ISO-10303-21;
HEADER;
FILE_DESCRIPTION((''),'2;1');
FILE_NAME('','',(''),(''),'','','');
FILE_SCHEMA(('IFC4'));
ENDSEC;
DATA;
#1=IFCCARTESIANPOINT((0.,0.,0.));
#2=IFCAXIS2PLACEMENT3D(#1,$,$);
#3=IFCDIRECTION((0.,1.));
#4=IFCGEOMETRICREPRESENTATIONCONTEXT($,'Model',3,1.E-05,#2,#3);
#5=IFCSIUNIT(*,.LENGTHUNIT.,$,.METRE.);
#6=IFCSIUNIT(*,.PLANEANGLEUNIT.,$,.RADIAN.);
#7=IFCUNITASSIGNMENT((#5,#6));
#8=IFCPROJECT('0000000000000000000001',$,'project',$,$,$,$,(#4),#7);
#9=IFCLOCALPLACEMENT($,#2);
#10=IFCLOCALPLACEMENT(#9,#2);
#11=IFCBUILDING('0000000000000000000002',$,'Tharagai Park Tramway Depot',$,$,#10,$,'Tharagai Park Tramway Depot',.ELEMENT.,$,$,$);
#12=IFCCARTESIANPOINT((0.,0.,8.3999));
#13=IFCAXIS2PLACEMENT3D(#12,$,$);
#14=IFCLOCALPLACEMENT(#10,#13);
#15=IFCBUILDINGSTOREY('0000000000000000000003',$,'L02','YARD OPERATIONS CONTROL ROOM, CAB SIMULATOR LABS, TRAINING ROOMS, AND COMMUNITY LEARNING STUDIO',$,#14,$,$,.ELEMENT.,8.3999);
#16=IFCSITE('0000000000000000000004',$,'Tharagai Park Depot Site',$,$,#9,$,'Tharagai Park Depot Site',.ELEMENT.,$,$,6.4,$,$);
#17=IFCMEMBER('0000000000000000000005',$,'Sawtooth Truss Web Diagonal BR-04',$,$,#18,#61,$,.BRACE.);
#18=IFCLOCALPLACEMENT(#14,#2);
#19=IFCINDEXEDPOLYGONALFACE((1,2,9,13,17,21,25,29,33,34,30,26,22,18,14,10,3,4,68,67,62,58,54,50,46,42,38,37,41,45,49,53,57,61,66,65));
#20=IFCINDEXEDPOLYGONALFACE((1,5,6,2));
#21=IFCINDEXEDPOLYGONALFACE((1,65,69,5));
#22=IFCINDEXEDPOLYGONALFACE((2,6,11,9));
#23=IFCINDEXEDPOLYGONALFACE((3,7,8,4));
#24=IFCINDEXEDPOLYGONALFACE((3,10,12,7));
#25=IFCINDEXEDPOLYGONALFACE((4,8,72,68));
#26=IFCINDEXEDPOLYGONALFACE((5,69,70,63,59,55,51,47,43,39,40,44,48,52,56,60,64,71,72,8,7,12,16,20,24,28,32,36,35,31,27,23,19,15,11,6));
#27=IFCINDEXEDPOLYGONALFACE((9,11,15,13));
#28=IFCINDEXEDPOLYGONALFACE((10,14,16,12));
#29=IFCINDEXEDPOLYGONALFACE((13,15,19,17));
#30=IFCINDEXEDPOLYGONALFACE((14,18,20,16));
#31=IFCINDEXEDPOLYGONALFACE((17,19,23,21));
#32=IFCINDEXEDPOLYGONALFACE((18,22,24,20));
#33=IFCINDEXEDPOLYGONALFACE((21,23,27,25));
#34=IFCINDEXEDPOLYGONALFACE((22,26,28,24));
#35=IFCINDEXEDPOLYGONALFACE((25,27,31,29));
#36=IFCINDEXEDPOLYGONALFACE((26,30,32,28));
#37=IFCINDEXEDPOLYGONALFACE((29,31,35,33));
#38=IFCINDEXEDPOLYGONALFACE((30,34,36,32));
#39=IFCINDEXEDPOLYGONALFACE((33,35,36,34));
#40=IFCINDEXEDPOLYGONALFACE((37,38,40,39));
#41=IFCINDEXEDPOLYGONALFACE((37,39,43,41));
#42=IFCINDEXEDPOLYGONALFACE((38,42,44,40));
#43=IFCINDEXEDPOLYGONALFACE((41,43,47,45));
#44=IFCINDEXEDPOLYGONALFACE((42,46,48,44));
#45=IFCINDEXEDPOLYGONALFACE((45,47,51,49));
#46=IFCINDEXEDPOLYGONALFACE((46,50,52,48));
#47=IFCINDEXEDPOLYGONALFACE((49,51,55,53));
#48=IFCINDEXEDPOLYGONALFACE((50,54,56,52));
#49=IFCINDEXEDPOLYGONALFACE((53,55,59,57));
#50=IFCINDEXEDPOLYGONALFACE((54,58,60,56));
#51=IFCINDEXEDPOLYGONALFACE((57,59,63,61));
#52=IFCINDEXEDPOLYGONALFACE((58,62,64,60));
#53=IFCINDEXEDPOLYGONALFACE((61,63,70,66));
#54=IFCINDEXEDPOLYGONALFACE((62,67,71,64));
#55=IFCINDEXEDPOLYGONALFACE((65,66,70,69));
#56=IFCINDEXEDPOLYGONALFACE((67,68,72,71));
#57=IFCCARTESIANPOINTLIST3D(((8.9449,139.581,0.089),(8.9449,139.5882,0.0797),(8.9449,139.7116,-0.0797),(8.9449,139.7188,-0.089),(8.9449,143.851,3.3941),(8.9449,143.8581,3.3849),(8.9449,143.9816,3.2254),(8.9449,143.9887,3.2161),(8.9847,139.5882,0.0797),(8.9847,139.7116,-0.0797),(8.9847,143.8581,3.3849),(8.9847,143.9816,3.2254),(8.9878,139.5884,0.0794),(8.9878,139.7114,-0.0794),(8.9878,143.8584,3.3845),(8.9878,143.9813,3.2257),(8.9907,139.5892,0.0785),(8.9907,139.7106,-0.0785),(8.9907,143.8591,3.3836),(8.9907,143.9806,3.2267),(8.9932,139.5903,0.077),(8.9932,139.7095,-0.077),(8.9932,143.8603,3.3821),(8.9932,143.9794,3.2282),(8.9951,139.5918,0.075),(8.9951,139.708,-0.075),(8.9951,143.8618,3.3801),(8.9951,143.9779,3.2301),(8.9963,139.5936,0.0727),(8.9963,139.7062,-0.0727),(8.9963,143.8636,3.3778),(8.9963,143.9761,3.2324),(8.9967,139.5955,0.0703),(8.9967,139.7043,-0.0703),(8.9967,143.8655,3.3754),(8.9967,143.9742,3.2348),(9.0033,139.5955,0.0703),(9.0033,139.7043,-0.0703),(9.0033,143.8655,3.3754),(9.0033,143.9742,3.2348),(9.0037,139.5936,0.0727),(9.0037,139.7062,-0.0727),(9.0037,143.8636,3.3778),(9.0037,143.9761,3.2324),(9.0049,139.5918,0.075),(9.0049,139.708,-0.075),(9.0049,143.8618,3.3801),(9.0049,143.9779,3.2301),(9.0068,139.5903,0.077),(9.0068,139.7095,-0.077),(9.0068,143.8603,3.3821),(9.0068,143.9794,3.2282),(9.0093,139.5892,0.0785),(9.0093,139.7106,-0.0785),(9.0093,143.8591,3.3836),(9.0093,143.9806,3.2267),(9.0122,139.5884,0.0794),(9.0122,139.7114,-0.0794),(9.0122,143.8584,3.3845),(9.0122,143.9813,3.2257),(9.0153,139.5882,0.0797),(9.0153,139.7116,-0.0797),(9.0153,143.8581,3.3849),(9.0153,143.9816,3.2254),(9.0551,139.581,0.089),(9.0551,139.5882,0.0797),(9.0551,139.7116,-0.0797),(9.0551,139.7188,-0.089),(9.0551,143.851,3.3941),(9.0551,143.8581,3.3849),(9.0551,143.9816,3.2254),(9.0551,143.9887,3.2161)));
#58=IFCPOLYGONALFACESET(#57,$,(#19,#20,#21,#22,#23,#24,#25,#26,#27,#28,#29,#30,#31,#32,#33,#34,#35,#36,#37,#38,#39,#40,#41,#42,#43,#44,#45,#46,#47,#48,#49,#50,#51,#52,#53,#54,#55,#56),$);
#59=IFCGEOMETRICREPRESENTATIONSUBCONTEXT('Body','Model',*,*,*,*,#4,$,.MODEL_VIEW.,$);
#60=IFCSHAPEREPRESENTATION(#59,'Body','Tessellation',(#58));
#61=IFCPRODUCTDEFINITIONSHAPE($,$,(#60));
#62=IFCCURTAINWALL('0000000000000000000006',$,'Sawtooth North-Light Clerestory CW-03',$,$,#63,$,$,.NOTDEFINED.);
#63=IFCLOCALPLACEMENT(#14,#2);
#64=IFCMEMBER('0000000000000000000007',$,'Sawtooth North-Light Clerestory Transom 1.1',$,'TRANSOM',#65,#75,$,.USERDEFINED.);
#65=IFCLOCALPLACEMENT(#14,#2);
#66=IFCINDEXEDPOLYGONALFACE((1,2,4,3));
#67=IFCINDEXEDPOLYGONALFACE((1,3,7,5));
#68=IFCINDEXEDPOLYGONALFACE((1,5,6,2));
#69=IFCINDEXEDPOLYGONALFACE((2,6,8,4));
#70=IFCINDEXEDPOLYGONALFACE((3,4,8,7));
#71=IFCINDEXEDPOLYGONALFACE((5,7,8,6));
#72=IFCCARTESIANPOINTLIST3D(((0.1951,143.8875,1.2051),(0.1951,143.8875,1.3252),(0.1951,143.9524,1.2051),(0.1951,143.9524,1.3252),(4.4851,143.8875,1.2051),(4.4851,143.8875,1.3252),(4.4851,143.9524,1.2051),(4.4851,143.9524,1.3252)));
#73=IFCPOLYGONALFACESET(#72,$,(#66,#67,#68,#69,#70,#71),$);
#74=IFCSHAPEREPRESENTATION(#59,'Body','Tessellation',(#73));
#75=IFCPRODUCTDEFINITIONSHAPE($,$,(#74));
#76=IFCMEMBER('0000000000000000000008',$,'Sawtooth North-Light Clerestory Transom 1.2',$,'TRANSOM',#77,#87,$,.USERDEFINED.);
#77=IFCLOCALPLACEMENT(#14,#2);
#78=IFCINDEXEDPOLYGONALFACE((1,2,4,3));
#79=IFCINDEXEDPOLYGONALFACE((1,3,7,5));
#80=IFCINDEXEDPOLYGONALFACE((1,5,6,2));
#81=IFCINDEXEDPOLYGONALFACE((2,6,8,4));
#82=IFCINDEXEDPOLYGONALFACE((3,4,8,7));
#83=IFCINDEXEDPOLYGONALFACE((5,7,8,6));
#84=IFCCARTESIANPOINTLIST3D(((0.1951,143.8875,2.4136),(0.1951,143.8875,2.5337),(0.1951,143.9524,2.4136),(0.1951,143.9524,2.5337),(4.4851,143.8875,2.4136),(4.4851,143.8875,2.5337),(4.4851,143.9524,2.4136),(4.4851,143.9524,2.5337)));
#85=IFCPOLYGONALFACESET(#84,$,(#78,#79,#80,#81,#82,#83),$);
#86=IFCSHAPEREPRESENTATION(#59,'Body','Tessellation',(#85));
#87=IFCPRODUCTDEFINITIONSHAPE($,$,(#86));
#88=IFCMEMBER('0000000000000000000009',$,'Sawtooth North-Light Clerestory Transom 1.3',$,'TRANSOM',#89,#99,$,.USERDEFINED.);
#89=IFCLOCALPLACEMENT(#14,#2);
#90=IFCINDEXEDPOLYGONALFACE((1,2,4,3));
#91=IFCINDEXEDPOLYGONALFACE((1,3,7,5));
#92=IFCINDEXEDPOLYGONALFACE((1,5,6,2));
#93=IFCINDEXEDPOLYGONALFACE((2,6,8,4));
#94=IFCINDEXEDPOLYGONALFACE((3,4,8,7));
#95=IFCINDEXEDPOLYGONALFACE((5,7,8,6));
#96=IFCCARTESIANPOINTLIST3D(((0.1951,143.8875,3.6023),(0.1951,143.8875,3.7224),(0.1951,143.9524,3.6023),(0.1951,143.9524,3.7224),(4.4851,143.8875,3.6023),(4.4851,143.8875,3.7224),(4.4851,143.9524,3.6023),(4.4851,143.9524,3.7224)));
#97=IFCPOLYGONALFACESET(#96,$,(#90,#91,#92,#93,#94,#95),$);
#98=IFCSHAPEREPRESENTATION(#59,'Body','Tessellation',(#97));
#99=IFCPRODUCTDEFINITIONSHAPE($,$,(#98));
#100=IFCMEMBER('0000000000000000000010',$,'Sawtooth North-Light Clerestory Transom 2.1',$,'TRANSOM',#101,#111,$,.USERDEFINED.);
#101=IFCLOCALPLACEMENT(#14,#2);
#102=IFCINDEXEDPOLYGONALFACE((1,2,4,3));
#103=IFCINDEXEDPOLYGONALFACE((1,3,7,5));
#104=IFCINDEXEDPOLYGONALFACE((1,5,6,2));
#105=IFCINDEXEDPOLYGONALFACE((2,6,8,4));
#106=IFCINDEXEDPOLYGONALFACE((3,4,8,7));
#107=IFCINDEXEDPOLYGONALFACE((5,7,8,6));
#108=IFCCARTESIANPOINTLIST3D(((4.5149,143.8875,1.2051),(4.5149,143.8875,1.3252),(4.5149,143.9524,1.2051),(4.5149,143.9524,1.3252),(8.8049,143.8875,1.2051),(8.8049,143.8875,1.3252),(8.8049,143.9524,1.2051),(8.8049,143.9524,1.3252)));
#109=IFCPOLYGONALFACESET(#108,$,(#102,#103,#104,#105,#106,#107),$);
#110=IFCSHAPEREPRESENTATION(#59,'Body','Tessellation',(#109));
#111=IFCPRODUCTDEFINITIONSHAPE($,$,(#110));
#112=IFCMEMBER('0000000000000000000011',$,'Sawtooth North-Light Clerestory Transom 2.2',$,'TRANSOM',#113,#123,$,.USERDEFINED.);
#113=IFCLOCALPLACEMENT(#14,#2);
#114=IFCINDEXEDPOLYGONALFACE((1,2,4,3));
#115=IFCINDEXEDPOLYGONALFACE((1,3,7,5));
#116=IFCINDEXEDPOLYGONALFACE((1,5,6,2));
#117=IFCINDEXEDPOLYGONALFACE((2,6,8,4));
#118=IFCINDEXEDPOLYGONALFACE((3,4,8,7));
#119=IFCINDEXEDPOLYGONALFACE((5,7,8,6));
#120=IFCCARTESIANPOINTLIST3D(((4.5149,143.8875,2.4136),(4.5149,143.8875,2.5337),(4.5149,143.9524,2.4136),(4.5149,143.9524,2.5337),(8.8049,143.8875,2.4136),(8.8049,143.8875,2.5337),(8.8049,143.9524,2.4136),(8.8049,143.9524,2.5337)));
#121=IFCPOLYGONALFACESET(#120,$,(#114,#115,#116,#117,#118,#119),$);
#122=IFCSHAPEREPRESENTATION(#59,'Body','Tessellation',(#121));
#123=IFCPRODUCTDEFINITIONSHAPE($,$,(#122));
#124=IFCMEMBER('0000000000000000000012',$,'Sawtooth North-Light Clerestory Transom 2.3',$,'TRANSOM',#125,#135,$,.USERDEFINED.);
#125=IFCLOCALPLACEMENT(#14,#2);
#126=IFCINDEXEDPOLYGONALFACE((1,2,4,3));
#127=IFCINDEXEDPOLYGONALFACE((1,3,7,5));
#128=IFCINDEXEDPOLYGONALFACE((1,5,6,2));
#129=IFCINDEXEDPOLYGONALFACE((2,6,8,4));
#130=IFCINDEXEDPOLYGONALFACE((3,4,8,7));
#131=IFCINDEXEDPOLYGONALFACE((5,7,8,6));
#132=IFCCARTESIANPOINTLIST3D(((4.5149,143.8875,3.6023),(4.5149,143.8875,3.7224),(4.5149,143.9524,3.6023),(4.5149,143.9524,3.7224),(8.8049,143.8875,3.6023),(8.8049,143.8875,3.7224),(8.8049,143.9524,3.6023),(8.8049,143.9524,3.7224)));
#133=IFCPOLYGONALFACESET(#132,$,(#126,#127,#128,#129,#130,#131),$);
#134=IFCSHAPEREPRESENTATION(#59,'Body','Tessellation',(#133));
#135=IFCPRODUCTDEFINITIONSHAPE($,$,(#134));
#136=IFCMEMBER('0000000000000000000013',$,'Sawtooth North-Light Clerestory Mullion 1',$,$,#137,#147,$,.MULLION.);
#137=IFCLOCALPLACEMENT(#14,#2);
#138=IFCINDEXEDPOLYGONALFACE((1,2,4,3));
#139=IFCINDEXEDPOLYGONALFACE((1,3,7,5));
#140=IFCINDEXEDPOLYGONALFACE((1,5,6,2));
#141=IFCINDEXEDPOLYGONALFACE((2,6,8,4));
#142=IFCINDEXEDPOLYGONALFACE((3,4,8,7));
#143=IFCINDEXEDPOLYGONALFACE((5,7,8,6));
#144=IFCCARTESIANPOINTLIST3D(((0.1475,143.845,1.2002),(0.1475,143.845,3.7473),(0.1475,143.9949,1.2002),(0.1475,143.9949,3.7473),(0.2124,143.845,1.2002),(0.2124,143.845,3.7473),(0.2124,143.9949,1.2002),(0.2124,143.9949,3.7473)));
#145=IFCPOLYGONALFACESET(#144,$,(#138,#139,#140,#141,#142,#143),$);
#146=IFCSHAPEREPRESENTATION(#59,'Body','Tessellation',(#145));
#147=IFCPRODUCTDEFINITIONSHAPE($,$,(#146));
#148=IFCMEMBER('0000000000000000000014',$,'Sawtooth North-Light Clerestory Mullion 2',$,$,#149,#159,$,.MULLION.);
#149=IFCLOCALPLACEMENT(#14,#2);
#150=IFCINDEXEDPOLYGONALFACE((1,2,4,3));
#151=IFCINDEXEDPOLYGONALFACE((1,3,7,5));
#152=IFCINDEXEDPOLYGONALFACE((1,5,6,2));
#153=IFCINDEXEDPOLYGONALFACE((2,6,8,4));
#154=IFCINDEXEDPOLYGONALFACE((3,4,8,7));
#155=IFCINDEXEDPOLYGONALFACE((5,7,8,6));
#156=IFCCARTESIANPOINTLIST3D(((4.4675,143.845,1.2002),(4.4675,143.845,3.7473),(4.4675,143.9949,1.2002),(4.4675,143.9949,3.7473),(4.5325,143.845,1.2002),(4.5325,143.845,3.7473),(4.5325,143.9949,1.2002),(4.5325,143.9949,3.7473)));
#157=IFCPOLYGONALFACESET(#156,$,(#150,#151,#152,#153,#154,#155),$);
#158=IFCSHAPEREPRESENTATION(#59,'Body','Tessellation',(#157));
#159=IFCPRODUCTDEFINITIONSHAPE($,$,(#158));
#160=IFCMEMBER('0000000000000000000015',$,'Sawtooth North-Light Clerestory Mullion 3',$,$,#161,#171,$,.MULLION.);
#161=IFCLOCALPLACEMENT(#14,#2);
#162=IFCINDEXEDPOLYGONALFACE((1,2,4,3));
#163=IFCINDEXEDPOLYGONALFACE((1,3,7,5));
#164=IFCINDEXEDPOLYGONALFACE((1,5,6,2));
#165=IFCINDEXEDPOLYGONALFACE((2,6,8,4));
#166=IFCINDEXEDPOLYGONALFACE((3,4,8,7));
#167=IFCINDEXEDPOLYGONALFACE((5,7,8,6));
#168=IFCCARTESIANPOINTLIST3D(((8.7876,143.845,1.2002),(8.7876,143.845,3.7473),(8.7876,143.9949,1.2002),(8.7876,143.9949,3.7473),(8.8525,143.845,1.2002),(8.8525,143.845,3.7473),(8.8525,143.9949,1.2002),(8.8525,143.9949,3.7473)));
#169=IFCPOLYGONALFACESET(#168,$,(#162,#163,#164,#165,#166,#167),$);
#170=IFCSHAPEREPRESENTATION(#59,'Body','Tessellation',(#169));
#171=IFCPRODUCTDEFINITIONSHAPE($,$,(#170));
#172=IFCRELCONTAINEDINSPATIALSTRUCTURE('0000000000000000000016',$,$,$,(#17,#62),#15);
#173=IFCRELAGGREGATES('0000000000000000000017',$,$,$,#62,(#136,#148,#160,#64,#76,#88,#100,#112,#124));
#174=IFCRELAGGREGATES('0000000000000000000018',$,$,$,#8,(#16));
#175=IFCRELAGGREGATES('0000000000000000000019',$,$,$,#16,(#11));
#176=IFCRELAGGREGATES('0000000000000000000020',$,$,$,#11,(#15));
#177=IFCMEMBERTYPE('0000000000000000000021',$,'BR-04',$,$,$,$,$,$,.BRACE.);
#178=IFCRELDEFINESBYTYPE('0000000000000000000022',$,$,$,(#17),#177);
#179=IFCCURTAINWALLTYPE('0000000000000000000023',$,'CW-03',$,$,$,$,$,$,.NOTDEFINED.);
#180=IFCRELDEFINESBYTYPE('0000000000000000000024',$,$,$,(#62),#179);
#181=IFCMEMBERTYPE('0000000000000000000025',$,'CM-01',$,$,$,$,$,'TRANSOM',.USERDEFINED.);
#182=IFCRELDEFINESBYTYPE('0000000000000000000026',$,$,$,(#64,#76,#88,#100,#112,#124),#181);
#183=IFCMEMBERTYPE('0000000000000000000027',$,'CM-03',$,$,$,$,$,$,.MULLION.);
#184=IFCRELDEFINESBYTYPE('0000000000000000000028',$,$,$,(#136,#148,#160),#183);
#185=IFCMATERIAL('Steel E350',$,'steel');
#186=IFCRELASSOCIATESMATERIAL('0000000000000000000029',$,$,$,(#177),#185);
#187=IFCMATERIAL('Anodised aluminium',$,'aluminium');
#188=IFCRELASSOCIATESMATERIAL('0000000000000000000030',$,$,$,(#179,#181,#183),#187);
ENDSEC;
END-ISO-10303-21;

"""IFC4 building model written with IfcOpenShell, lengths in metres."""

from ifc_helpers import new_model, si_unit, direction, frame, origin, origin_2d, place, context, subcontext, project, spatial, rectangle, i_section, extrude, material, material_profile, profile_set, type_object, element, aggregate, save


model = new_model("IFC4")

# Units and contexts
model_context = context("Model", 3, precision=1e-05, world=origin(), true_north=direction((0.0, 1.0)))
body_context = subcontext(model_context, "Body", "Model", "MODEL_VIEW")
ifc_project = project(units=[si_unit("LENGTHUNIT", "METRE"), si_unit("PLANEANGLEUNIT", "RADIAN")], contexts=[model_context])

# Site, building, storey
site_placement = place(None, origin())
site = spatial("IfcSite", under=ifc_project, at=site_placement, Name="Tharagai Park Depot Site", LongName="Tharagai Park Depot Site", CompositionType="ELEMENT", RefElevation=6.4)
building_placement = place(site_placement, origin())
building = spatial("IfcBuilding", under=site, at=building_placement, Name="Tharagai Park Tramway Depot", LongName="Tharagai Park Tramway Depot", CompositionType="ELEMENT")
storey_placement = place(building_placement, frame((0.0, 0.0, 8.3999)))
storey = spatial("IfcBuildingStorey", under=building, at=storey_placement, Name="L02", Description="YARD OPERATIONS CONTROL ROOM, CAB SIMULATOR LABS, TRAINING ROOMS, AND COMMUNITY LEARNING STUDIO", CompositionType="ELEMENT", Elevation=8.3999)

# Shared definitions
ifc_material_1 = material(Name="Steel E350", Category="steel")

# Member
ifc_material_profile_1 = material_profile(ifc_material_1, i_section(OverallWidth=0.1101, OverallDepth=0.2251, WebThickness=0.0066, FlangeThickness=0.0117, FilletRadius=0.012, at=origin_2d()), Name="ISMB 225")
ifc_profile_set_1 = profile_set([ifc_material_profile_1], Name="Steel E350")
member_type_1 = type_object("IfcMemberType", Name="BR-04", PredefinedType="BRACE", material=ifc_profile_set_1)
for number, where, z_axis, x_axis, name in (
    (1, (9.0, 139.6499, 0.0), (0.0, 0.790782, 0.612098), (-1.0, 0.0, 0.0), "Sawtooth Truss Web Diagonal BR-04"),
):
    element("IfcMember", number, at=place(storey_placement, frame(where, z_axis=z_axis, x_axis=x_axis)), inside=storey, type_object=member_type_1, Name=name, PredefinedType="BRACE", context=body_context, shape_type="SweptSolid", body=[
        extrude(i_section(OverallWidth=0.1101, OverallDepth=0.2251, WebThickness=0.0066, FlangeThickness=0.0117, FilletRadius=0.012, at=origin_2d()), origin(), (0.0, 0.0, 1.0), 5.3997),
    ])

# Curtain wall, members
ifc_material_2 = material(Name="Anodised aluminium", Category="aluminium")
curtain_wall_type = type_object("IfcCurtainWallType", Name="CW-03", PredefinedType="NOTDEFINED", material=ifc_material_2)
curtain_wall_placement = place(storey_placement, origin())
curtain_wall = element("IfcCurtainWall", 2, at=curtain_wall_placement, inside=storey, type_object=curtain_wall_type, Name="Sawtooth North-Light Clerestory CW-03", PredefinedType="NOTDEFINED")
ifc_material_profile_2 = material_profile(ifc_material_2, rectangle(XDim=0.0649, YDim=0.1201, at=origin_2d()), Name="ALU 65x120")
ifc_profile_set_2 = profile_set([ifc_material_profile_2], Name="Anodised aluminium")
member_type_2 = type_object("IfcMemberType", Name="CM-01", ElementType="TRANSOM", PredefinedType="USERDEFINED", material=ifc_profile_set_2)
member_1_placement = place(storey_placement, frame((0.1951, 143.9199, 1.2651), z_axis=(1.0, 0.0, 0.0), x_axis=(0.0, 1.0, 0.0)))
member_1 = element("IfcMember", 3, at=member_1_placement, type_object=member_type_2, Name="Sawtooth North-Light Clerestory Transom 1.1", ObjectType="TRANSOM", PredefinedType="USERDEFINED", context=body_context, shape_type="SweptSolid", body=[
    extrude(rectangle(XDim=0.0649, YDim=0.1201, at=origin_2d()), origin(), (0.0, 0.0, 1.0), 4.29),
])
member_2_placement = place(storey_placement, frame((0.1951, 143.9199, 2.4736), z_axis=(1.0, 0.0, 0.0), x_axis=(0.0, 1.0, 0.0)))
member_2 = element("IfcMember", 4, at=member_2_placement, type_object=member_type_2, Name="Sawtooth North-Light Clerestory Transom 1.2", ObjectType="TRANSOM", PredefinedType="USERDEFINED", context=body_context, shape_type="SweptSolid", body=[
    extrude(rectangle(XDim=0.0649, YDim=0.1201, at=origin_2d()), origin(), (0.0, 0.0, 1.0), 4.29),
])
member_3_placement = place(storey_placement, frame((0.1951, 143.9199, 3.6624), z_axis=(1.0, 0.0, 0.0), x_axis=(0.0, 1.0, 0.0)))
member_3 = element("IfcMember", 5, at=member_3_placement, type_object=member_type_2, Name="Sawtooth North-Light Clerestory Transom 1.3", ObjectType="TRANSOM", PredefinedType="USERDEFINED", context=body_context, shape_type="SweptSolid", body=[
    extrude(rectangle(XDim=0.0649, YDim=0.1201, at=origin_2d()), origin(), (0.0, 0.0, 1.0), 4.29),
])
member_4_placement = place(storey_placement, frame((4.5149, 143.9199, 1.2651), z_axis=(1.0, 0.0, 0.0), x_axis=(0.0, 1.0, 0.0)))
member_4 = element("IfcMember", 6, at=member_4_placement, type_object=member_type_2, Name="Sawtooth North-Light Clerestory Transom 2.1", ObjectType="TRANSOM", PredefinedType="USERDEFINED", context=body_context, shape_type="SweptSolid", body=[
    extrude(rectangle(XDim=0.0649, YDim=0.1201, at=origin_2d()), origin(), (0.0, 0.0, 1.0), 4.29),
])
member_5_placement = place(storey_placement, frame((4.5149, 143.9199, 2.4736), z_axis=(1.0, 0.0, 0.0), x_axis=(0.0, 1.0, 0.0)))
member_5 = element("IfcMember", 7, at=member_5_placement, type_object=member_type_2, Name="Sawtooth North-Light Clerestory Transom 2.2", ObjectType="TRANSOM", PredefinedType="USERDEFINED", context=body_context, shape_type="SweptSolid", body=[
    extrude(rectangle(XDim=0.0649, YDim=0.1201, at=origin_2d()), origin(), (0.0, 0.0, 1.0), 4.29),
])
member_6_placement = place(storey_placement, frame((4.5149, 143.9199, 3.6624), z_axis=(1.0, 0.0, 0.0), x_axis=(0.0, 1.0, 0.0)))
member_6 = element("IfcMember", 8, at=member_6_placement, type_object=member_type_2, Name="Sawtooth North-Light Clerestory Transom 2.3", ObjectType="TRANSOM", PredefinedType="USERDEFINED", context=body_context, shape_type="SweptSolid", body=[
    extrude(rectangle(XDim=0.0649, YDim=0.1201, at=origin_2d()), origin(), (0.0, 0.0, 1.0), 4.29),
])
ifc_material_profile_3 = material_profile(ifc_material_2, rectangle(XDim=0.0649, YDim=0.1499, at=origin_2d()), Name="ALU 65x150")
ifc_profile_set_3 = profile_set([ifc_material_profile_3], Name="Anodised aluminium")
member_type_3 = type_object("IfcMemberType", Name="CM-03", PredefinedType="MULLION", material=ifc_profile_set_3)
member_7_placement = place(storey_placement, frame((0.1799, 143.9199, 1.2002), z_axis=(0.0, 0.0, 1.0), x_axis=(1.0, 0.0, 0.0)))
member_7 = element("IfcMember", 9, at=member_7_placement, type_object=member_type_3, Name="Sawtooth North-Light Clerestory Mullion 1", PredefinedType="MULLION", context=body_context, shape_type="SweptSolid", body=[
    extrude(rectangle(XDim=0.0649, YDim=0.1499, at=origin_2d()), origin(), (0.0, 0.0, 1.0), 2.5471),
])
member_8_placement = place(storey_placement, frame((4.5, 143.9199, 1.2002), z_axis=(0.0, 0.0, 1.0), x_axis=(1.0, 0.0, 0.0)))
member_8 = element("IfcMember", 10, at=member_8_placement, type_object=member_type_3, Name="Sawtooth North-Light Clerestory Mullion 2", PredefinedType="MULLION", context=body_context, shape_type="SweptSolid", body=[
    extrude(rectangle(XDim=0.0649, YDim=0.1499, at=origin_2d()), origin(), (0.0, 0.0, 1.0), 2.5471),
])
member_9_placement = place(storey_placement, frame((8.8201, 143.9199, 1.2002), z_axis=(0.0, 0.0, 1.0), x_axis=(1.0, 0.0, 0.0)))
member_9 = element("IfcMember", 11, at=member_9_placement, type_object=member_type_3, Name="Sawtooth North-Light Clerestory Mullion 3", PredefinedType="MULLION", context=body_context, shape_type="SweptSolid", body=[
    extrude(rectangle(XDim=0.0649, YDim=0.1499, at=origin_2d()), origin(), (0.0, 0.0, 1.0), 2.5471),
])

aggregate(curtain_wall, [member_7, member_8, member_9, member_1, member_2, member_3, member_4, member_5, member_6])

save(model, "model.ifc")
